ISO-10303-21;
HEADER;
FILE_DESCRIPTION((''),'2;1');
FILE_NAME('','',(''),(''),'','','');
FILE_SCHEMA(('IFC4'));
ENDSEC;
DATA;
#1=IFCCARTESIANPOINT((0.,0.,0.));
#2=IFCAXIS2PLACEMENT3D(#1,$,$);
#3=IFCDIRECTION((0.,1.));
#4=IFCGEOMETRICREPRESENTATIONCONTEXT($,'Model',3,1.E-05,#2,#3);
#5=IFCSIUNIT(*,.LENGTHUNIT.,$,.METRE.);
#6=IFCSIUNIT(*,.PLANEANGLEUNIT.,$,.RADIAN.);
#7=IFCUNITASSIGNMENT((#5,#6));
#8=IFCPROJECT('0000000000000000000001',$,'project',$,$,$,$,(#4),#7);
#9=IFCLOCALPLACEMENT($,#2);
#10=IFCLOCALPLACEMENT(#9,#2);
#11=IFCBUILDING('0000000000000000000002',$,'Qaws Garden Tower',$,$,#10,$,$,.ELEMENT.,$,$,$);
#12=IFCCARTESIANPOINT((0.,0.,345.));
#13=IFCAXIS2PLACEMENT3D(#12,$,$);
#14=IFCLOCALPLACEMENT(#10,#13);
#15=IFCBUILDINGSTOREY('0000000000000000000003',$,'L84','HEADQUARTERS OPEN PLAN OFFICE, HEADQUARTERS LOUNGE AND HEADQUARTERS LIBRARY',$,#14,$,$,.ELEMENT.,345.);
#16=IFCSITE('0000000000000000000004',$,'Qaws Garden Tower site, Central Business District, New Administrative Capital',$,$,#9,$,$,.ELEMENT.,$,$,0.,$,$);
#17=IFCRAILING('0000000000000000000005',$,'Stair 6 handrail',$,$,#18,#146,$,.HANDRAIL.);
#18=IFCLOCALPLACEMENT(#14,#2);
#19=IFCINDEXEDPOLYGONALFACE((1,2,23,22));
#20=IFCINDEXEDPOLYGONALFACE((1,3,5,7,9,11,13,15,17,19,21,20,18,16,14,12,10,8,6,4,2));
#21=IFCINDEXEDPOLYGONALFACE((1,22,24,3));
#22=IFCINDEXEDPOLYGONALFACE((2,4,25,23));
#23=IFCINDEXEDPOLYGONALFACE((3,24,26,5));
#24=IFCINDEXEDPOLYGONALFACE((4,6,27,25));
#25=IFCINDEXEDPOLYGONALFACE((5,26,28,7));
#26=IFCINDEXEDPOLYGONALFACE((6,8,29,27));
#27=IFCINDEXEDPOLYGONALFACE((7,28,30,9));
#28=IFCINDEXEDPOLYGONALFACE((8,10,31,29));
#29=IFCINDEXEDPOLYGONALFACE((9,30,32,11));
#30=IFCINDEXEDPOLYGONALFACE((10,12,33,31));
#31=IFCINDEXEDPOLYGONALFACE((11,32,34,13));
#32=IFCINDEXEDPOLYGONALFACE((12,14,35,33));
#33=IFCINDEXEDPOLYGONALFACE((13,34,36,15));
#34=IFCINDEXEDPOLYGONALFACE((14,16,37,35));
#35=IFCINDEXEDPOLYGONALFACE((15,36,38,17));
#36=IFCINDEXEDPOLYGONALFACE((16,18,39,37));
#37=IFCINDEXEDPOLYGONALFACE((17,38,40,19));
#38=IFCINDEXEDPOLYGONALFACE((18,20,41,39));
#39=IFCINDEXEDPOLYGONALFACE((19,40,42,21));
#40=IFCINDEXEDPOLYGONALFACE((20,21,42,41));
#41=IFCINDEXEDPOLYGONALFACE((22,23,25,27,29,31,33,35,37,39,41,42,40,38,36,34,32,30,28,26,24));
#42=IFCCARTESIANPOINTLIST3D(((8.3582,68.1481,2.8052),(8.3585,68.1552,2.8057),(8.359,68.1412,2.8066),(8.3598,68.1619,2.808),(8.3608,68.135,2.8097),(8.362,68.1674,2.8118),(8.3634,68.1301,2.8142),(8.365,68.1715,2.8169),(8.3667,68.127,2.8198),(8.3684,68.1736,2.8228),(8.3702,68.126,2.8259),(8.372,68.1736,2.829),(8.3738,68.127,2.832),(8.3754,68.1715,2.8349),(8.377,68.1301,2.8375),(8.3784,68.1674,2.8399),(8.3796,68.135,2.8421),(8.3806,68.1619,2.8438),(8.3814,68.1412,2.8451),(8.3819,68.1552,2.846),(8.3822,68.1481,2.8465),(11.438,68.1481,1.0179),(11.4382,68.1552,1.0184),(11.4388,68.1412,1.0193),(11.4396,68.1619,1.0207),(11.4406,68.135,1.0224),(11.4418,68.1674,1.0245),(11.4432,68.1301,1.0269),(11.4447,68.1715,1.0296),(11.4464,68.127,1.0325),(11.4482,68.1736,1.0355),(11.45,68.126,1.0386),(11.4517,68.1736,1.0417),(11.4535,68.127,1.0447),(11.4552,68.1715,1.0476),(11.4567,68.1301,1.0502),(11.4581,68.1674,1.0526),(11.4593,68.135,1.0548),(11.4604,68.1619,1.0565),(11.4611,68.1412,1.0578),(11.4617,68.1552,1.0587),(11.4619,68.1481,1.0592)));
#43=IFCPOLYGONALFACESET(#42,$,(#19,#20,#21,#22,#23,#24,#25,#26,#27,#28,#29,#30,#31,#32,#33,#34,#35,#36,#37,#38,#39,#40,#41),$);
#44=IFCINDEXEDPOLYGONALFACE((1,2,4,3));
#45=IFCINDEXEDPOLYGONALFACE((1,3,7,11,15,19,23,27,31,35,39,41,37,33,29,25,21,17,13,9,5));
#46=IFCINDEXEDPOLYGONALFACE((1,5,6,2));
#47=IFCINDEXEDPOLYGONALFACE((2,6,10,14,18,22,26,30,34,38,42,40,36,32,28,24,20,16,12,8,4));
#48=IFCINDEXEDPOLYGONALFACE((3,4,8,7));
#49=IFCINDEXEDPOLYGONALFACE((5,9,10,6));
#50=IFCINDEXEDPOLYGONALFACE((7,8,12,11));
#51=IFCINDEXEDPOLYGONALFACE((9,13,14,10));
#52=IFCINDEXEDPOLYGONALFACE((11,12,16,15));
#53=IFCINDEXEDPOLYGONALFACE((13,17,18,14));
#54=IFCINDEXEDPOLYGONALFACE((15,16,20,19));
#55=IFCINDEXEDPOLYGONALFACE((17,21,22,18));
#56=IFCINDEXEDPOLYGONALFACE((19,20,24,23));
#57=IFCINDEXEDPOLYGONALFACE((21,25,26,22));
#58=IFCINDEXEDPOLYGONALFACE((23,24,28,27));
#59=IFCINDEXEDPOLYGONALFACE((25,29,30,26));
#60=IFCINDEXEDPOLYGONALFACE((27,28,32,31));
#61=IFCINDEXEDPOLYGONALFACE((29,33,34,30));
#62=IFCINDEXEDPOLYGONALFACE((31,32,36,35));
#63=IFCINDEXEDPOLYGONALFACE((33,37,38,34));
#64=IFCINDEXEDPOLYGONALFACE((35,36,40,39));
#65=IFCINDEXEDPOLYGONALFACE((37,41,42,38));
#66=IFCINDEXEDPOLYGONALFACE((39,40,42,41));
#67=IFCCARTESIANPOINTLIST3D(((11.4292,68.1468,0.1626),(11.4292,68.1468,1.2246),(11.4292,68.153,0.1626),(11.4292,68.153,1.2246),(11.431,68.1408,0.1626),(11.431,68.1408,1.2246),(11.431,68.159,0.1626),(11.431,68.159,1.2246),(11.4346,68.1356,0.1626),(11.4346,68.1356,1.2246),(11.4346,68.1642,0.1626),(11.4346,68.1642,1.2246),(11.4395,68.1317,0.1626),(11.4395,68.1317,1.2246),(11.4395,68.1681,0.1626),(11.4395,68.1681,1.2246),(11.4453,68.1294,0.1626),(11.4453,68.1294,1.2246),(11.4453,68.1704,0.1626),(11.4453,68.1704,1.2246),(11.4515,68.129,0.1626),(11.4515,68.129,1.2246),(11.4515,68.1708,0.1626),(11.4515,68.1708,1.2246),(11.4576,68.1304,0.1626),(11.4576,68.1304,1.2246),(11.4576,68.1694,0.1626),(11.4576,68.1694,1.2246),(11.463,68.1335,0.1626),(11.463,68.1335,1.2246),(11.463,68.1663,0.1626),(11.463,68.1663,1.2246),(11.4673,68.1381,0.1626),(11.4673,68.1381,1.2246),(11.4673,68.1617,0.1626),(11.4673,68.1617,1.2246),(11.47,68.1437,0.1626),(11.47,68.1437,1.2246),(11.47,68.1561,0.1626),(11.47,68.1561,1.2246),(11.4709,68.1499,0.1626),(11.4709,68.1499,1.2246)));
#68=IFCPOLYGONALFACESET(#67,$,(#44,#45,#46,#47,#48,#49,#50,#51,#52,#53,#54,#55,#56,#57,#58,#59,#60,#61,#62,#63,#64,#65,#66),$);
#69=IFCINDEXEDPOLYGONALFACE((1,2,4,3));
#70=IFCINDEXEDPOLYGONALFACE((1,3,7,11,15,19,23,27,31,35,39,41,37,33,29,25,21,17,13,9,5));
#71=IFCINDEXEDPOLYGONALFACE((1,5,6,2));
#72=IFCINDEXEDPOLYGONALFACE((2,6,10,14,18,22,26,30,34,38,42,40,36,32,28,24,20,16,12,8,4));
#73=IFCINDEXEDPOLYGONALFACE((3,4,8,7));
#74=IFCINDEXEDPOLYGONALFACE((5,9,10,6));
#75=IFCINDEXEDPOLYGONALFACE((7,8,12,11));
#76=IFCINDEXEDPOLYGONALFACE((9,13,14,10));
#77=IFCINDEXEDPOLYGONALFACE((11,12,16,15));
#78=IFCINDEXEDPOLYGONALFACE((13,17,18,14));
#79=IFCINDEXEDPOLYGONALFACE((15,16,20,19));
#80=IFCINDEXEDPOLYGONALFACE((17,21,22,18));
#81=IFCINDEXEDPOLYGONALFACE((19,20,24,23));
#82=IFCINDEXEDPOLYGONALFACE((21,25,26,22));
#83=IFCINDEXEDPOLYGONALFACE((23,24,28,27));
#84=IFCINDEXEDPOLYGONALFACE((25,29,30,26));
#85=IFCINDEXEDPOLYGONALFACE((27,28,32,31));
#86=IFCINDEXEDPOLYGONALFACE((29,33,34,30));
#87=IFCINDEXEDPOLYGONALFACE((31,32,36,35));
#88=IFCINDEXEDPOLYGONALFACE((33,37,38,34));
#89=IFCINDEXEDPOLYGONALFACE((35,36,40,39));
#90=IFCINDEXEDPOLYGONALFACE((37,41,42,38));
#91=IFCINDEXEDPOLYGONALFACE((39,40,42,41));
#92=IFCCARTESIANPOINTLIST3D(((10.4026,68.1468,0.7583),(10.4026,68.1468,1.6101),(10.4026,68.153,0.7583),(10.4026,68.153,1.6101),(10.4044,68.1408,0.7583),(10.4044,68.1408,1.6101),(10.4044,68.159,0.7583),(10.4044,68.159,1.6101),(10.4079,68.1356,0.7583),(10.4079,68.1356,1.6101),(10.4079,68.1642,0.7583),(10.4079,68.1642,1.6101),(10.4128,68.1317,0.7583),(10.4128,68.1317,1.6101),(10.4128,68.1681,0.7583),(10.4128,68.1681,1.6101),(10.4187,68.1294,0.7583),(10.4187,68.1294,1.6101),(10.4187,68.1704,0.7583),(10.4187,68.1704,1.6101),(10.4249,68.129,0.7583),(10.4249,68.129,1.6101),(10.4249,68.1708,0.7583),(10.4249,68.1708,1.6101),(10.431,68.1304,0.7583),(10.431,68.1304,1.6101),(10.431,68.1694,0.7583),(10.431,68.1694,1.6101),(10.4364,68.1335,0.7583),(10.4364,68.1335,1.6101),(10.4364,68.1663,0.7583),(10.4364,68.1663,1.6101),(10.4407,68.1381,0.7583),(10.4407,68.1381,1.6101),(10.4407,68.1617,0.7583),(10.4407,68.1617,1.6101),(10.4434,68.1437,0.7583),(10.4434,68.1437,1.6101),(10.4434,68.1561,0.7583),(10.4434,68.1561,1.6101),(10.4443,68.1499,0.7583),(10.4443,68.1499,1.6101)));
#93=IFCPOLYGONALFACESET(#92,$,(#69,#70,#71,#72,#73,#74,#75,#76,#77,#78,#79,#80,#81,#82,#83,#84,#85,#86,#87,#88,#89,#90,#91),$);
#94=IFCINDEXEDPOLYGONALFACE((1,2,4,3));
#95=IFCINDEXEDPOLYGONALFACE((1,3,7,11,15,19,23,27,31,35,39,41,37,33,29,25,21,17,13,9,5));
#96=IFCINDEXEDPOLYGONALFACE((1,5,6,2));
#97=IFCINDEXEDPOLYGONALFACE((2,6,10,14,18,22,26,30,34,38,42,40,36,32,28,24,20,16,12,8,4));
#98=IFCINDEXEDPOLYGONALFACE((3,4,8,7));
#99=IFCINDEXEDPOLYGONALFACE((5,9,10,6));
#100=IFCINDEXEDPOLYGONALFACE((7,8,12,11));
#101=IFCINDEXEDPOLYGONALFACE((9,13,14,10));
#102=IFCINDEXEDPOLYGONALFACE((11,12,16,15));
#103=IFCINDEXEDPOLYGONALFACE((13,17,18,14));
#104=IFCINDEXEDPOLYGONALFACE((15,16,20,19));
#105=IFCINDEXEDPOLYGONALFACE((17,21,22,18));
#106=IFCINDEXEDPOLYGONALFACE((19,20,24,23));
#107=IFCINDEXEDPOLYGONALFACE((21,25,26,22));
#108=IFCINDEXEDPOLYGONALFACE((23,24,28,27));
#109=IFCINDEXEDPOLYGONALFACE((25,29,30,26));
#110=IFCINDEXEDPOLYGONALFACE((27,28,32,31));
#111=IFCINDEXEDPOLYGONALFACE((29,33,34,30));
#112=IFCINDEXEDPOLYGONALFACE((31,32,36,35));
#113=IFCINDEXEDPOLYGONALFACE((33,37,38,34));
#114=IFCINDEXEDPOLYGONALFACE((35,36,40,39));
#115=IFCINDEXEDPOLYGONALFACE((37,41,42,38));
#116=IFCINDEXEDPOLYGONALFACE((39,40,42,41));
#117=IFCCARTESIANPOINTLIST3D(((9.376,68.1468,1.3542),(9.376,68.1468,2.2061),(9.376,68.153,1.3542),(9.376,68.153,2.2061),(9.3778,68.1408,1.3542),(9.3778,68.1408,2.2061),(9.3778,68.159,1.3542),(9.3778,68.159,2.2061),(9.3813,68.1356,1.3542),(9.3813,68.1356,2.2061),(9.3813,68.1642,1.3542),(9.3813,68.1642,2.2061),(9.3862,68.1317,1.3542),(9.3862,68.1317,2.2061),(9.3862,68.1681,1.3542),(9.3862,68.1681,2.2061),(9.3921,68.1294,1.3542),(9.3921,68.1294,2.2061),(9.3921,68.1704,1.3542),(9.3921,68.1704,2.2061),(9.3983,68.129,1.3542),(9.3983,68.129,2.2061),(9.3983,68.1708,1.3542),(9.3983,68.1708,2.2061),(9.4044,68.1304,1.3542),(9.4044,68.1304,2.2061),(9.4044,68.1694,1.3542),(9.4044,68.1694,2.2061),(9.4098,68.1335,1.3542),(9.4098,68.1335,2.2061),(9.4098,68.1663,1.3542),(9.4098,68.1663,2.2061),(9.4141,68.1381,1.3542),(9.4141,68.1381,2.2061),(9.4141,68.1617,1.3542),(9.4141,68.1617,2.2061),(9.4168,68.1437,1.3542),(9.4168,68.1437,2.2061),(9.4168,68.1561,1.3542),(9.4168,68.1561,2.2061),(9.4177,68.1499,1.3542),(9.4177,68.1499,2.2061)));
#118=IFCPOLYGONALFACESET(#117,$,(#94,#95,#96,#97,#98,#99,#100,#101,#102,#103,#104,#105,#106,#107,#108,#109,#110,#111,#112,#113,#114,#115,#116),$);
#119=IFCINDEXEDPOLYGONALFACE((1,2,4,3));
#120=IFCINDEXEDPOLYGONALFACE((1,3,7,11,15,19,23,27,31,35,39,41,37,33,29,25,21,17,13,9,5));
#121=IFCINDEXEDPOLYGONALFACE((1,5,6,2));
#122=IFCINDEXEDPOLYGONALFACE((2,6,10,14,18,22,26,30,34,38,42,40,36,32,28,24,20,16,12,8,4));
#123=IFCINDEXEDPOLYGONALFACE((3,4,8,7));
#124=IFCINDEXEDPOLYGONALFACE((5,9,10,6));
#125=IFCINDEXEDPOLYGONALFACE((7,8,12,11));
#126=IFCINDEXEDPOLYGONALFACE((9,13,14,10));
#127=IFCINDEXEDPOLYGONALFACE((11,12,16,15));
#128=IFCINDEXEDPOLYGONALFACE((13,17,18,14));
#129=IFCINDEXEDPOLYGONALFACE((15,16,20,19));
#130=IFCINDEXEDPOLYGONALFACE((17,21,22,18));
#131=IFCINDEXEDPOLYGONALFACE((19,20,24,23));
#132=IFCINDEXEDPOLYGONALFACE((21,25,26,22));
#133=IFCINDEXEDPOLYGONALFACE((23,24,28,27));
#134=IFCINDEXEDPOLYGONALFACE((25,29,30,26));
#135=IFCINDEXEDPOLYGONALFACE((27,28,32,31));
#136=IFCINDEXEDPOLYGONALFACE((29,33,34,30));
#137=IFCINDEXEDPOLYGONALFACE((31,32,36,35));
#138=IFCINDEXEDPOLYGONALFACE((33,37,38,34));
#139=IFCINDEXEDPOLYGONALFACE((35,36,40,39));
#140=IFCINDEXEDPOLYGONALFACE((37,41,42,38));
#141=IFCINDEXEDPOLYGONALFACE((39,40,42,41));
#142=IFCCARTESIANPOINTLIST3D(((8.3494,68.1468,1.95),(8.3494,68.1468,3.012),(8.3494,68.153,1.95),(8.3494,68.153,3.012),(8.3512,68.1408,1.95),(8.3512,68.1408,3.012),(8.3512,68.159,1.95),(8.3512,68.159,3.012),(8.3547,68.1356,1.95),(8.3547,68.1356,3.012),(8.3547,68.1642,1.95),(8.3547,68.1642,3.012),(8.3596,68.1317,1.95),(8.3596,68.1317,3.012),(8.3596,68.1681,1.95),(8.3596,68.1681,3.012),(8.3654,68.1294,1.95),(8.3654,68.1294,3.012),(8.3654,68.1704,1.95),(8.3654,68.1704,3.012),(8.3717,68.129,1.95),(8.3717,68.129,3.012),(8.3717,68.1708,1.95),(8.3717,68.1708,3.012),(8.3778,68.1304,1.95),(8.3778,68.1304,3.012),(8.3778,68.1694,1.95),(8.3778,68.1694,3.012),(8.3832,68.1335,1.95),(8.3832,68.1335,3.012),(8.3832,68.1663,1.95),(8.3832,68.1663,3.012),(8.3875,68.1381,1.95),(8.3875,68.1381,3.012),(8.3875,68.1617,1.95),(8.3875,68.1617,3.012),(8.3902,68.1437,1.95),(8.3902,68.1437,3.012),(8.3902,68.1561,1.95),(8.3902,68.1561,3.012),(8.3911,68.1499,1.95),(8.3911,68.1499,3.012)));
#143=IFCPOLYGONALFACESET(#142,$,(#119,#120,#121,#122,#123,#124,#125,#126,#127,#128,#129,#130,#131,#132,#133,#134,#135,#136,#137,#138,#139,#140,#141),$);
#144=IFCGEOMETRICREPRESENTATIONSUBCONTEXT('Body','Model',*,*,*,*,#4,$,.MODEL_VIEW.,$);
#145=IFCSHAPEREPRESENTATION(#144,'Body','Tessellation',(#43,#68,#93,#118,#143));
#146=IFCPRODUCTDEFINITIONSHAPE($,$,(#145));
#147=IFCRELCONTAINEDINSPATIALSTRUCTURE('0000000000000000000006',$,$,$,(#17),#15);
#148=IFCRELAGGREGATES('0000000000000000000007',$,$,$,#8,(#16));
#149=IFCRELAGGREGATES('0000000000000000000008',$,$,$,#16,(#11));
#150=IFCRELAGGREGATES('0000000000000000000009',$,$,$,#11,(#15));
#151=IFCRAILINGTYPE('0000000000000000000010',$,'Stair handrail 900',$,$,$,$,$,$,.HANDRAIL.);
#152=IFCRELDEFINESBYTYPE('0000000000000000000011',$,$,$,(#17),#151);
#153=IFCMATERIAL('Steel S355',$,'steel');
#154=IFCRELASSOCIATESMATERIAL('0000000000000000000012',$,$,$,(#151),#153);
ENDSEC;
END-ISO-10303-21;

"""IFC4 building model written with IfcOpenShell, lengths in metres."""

from ifc_helpers import new_model, si_unit, direction, frame, origin, origin_2d, place, context, subcontext, project, spatial, circle, extrude, material, type_object, element, save


model = new_model("IFC4")

# Units and contexts
model_context = context("Model", 3, precision=1e-05, world=origin(), true_north=direction((0.0, 1.0)))
body_context = subcontext(model_context, "Body", "Model", "MODEL_VIEW")
ifc_project = project(units=[si_unit("LENGTHUNIT", "METRE"), si_unit("PLANEANGLEUNIT", "RADIAN")], contexts=[model_context])

# Site, building, storey
site_placement = place(None, origin())
site = spatial("IfcSite", under=ifc_project, at=site_placement, Name="Qaws Garden Tower site, Central Business District, New Administrative Capital", CompositionType="ELEMENT", RefElevation=0.0)
building_placement = place(site_placement, origin())
building = spatial("IfcBuilding", under=site, at=building_placement, Name="Qaws Garden Tower", CompositionType="ELEMENT")
storey_placement = place(building_placement, frame((0.0, 0.0, 345.0)))
storey = spatial("IfcBuildingStorey", under=building, at=storey_placement, Name="L84", Description="HEADQUARTERS OPEN PLAN OFFICE, HEADQUARTERS LOUNGE AND HEADQUARTERS LIBRARY", CompositionType="ELEMENT", Elevation=345.0)

# Railing
ifc_material_1 = material(Name="Steel S355", Category="steel")
railing_type = type_object("IfcRailingType", Name="Stair handrail 900", PredefinedType="HANDRAIL", material=ifc_material_1)
railing_1_placement = place(storey_placement, frame((11.45, 68.1499, 0.1626)))
element("IfcRailing", 1, at=railing_1_placement, inside=storey, type_object=railing_type, Name="Stair 6 handrail", PredefinedType="HANDRAIL", context=body_context, shape_type="SweptSolid", body=[
    extrude(circle(Radius=0.0239, at=origin_2d()), frame((0.0, 0.0, 0.876), z_axis=(-0.864903, 0.0, 0.501939), x_axis=(0.0, -1.0, 0.0)), (0.0, 0.0, 1.0), 3.5608),
    extrude(circle(Radius=0.021, at=origin_2d()), origin(), (0.0, 0.0, 1.0), 1.062),
    extrude(circle(Radius=0.021, at=origin_2d()), frame((-1.0266, 0.0, 0.5957)), (0.0, 0.0, 1.0), 0.8518),
    extrude(circle(Radius=0.021, at=origin_2d()), frame((-2.0532, 0.0, 1.1917)), (0.0, 0.0, 1.0), 0.8518),
    extrude(circle(Radius=0.021, at=origin_2d()), frame((-3.0798, 0.0, 1.7874)), (0.0, 0.0, 1.0), 1.062),
])

save(model, "model.ifc")
